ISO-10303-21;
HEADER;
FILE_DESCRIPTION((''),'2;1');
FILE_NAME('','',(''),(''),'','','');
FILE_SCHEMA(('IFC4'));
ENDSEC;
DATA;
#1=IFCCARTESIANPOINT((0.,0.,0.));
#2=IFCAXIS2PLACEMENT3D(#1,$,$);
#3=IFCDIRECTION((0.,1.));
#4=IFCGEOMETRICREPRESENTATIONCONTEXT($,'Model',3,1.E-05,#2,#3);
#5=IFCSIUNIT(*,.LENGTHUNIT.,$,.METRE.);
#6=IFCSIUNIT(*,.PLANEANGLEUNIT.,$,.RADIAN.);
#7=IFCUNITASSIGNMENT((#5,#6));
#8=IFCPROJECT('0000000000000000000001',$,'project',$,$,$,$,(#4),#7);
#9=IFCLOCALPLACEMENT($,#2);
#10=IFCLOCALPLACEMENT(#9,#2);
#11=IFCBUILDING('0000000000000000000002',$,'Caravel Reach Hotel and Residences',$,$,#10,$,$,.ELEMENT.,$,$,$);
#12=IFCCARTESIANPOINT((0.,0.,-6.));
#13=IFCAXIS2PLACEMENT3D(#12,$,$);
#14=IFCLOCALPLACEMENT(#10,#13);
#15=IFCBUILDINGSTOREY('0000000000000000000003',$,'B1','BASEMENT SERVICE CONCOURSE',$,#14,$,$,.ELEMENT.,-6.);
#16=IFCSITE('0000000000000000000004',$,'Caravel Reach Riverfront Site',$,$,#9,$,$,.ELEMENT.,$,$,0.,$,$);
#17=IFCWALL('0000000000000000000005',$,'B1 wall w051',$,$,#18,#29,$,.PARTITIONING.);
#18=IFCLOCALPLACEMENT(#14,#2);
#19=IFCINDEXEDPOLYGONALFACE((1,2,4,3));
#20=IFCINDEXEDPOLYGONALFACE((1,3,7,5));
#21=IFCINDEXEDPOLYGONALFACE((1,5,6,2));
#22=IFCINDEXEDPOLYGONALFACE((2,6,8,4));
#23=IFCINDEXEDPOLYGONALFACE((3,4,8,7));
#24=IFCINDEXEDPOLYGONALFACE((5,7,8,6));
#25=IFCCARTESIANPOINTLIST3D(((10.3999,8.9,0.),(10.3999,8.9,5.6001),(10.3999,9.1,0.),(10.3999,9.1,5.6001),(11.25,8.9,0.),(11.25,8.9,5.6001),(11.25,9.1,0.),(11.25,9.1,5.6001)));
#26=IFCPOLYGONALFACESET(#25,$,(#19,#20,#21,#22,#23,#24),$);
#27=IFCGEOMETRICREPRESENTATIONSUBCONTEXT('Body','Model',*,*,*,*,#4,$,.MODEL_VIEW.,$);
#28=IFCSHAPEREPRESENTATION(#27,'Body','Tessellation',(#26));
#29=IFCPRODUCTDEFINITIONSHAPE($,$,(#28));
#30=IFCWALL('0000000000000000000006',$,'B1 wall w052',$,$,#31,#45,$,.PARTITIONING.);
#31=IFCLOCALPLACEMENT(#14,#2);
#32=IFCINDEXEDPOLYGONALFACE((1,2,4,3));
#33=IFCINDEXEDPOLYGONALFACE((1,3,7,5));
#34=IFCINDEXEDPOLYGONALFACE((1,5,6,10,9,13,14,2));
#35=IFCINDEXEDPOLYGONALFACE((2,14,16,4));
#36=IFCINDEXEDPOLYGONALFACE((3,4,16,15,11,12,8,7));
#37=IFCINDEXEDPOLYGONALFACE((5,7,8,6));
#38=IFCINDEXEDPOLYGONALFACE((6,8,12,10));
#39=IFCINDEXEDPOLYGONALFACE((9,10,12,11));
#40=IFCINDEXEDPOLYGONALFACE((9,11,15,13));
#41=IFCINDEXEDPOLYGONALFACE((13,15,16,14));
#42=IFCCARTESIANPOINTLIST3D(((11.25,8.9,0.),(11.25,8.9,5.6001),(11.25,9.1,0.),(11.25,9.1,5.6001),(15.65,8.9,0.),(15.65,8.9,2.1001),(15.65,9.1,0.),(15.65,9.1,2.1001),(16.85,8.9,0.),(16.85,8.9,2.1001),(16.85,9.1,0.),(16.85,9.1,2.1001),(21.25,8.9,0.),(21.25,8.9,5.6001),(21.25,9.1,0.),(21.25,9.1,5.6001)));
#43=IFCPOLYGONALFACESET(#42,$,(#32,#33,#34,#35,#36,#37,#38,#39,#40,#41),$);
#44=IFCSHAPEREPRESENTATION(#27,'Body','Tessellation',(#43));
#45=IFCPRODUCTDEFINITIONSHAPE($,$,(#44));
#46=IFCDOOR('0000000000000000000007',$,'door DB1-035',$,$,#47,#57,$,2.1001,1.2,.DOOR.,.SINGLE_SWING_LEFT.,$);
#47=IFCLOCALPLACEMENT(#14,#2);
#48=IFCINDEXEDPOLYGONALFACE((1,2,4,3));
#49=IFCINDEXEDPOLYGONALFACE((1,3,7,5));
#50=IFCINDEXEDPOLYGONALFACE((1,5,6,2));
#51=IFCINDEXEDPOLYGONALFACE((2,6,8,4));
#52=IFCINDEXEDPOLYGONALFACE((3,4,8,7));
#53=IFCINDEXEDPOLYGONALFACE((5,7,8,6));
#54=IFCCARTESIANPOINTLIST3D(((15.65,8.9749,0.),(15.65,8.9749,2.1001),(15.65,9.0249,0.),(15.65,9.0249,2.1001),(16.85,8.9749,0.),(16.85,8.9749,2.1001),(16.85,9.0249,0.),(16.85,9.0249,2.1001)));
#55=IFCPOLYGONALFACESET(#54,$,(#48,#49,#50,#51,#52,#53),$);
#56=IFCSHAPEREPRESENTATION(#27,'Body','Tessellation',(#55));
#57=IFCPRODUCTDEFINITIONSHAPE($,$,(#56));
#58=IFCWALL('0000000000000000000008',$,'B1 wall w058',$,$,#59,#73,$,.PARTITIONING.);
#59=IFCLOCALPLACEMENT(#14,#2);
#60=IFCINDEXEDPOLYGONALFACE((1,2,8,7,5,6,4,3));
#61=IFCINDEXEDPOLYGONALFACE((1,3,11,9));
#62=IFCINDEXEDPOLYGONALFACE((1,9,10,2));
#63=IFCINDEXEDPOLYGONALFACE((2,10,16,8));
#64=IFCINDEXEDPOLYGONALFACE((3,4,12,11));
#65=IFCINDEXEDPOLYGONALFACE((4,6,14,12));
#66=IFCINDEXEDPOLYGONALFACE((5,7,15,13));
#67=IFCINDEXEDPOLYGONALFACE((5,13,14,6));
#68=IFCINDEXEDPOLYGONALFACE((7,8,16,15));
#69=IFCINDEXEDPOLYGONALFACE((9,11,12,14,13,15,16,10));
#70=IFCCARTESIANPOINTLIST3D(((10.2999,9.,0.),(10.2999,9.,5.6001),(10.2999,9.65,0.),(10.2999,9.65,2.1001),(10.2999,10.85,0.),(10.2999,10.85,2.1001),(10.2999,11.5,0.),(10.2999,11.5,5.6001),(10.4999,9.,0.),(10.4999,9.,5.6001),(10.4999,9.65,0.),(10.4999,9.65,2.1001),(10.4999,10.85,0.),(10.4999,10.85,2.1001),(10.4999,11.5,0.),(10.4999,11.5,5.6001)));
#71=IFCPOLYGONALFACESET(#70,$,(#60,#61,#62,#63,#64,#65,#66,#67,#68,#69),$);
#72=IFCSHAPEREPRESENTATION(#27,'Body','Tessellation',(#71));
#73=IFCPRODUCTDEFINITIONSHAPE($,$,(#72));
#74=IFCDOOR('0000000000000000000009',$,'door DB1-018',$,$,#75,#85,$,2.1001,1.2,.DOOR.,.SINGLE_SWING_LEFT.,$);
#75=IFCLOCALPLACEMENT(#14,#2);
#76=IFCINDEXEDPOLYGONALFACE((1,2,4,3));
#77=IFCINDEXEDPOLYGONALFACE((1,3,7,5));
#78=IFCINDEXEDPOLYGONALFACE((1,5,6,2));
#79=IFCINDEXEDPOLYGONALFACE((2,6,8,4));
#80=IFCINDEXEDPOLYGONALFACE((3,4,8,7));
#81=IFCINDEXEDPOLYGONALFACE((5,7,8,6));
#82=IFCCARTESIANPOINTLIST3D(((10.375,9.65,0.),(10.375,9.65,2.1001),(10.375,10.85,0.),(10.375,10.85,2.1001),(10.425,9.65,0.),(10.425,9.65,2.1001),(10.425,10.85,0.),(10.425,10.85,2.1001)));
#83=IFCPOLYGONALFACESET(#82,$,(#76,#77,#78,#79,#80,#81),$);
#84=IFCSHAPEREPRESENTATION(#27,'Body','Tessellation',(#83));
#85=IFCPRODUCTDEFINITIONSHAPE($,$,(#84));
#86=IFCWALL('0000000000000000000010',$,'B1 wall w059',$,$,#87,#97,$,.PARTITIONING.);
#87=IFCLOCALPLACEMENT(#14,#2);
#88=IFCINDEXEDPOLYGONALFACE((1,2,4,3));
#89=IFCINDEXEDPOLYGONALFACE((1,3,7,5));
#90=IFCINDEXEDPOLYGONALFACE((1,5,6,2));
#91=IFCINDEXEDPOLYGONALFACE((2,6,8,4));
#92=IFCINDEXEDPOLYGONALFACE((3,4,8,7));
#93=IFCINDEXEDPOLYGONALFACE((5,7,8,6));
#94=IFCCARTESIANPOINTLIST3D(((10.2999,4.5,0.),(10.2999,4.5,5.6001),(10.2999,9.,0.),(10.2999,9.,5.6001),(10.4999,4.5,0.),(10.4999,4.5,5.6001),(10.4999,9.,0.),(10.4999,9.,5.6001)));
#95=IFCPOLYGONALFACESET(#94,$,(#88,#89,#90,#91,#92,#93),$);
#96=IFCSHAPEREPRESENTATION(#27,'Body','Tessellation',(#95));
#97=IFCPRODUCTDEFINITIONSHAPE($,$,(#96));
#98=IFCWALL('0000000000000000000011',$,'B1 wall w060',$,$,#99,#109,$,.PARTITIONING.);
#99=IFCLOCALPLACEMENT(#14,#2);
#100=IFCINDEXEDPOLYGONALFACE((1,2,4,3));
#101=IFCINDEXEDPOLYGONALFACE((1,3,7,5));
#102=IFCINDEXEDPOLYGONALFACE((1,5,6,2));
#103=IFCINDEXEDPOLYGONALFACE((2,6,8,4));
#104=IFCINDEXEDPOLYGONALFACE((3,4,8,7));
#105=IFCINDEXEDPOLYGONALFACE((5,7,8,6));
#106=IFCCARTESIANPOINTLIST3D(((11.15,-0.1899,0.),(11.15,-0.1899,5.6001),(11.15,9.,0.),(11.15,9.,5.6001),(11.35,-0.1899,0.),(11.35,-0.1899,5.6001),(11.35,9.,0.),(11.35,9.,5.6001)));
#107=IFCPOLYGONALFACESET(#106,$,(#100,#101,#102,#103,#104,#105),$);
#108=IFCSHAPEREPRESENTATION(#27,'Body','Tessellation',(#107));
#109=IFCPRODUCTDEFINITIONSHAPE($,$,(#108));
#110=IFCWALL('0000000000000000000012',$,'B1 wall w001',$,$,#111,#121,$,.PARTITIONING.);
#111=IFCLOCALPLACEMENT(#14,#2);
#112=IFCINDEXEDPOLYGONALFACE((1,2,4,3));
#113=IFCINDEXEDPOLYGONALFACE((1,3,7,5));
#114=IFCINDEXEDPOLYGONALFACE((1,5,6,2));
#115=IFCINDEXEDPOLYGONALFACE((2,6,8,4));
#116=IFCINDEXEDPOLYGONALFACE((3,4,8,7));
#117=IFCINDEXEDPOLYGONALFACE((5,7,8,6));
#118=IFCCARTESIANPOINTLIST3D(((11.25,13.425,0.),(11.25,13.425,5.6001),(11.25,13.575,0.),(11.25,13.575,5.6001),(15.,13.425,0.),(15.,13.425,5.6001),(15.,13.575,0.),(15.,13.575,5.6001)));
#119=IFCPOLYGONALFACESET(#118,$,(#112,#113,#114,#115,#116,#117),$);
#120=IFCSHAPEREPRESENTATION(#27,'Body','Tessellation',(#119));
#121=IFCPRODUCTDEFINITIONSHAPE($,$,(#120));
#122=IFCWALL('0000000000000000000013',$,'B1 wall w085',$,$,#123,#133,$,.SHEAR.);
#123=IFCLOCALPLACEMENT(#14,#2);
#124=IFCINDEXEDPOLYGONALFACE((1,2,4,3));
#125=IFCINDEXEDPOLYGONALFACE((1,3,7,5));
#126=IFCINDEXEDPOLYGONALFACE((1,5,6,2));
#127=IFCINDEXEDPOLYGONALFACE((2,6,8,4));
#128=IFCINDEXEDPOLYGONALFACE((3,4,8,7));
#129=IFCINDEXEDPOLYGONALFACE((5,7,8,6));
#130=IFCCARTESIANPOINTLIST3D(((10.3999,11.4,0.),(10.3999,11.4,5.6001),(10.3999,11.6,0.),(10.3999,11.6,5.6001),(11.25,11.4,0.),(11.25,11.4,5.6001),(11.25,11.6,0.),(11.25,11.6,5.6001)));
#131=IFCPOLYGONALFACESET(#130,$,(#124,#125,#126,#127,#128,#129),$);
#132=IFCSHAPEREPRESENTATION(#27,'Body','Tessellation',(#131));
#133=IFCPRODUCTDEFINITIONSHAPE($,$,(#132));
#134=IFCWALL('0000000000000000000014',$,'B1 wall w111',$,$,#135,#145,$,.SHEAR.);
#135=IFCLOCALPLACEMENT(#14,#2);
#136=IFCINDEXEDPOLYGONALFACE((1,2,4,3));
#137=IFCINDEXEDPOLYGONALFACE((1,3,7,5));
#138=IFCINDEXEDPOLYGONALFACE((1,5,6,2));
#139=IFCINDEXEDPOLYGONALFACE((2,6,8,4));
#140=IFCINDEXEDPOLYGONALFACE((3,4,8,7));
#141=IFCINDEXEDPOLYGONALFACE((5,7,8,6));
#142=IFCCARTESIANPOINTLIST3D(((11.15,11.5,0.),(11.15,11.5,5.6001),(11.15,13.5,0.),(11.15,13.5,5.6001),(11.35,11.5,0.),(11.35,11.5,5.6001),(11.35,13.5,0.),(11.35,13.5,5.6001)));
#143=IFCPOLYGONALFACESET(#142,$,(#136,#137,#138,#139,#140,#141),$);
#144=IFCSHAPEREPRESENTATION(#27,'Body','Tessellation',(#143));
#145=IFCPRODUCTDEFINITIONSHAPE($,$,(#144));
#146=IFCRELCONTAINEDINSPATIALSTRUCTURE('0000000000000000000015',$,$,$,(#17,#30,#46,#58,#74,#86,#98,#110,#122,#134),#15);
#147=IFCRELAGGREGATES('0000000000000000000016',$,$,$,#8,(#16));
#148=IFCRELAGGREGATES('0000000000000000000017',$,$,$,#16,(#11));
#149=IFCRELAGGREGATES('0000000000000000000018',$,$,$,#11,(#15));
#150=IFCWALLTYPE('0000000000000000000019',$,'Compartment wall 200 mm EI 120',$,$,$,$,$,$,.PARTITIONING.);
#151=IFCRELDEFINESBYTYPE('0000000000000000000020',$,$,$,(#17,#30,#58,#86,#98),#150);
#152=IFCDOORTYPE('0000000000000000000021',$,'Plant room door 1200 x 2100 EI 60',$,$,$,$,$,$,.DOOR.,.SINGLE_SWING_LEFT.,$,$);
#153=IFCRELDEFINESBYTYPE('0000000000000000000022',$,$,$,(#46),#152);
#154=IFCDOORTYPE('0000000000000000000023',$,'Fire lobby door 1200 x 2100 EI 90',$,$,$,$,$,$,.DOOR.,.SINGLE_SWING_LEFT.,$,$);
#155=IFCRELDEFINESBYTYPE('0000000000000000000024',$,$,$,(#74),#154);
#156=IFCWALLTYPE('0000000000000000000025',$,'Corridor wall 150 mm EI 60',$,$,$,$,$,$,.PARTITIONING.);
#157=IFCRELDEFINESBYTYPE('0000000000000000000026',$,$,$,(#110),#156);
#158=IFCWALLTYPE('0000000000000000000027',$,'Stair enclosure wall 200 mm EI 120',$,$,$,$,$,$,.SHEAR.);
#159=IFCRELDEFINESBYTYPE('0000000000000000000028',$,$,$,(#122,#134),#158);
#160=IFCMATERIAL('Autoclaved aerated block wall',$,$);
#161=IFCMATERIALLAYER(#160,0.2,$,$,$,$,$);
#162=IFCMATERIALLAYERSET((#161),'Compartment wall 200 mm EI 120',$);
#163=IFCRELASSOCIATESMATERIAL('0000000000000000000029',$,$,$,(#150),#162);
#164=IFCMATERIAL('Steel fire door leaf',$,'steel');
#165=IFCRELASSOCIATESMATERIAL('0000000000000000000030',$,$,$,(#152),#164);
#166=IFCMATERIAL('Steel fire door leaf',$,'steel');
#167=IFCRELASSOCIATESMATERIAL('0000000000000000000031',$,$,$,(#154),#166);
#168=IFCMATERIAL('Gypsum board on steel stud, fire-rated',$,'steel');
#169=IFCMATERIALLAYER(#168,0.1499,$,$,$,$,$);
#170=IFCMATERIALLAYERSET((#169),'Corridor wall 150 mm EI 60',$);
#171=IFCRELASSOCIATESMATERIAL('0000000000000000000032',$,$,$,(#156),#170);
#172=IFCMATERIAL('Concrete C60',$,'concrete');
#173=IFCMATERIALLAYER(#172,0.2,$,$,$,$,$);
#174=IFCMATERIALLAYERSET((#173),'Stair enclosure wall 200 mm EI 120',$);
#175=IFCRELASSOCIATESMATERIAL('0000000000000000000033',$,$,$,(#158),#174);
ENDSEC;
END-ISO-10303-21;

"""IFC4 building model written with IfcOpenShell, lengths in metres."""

from ifc_helpers import new_model, si_unit, direction, frame, frame_2d, origin, place, context, subcontext, project, spatial, rectangle, extrude, material, layer, layer_set, type_object, element, fill, save


model = new_model("IFC4")

# Units and contexts
model_context = context("Model", 3, precision=1e-05, world=origin(), true_north=direction((0.0, 1.0)))
body_context = subcontext(model_context, "Body", "Model", "MODEL_VIEW")
ifc_project = project(units=[si_unit("LENGTHUNIT", "METRE"), si_unit("PLANEANGLEUNIT", "RADIAN")], contexts=[model_context])

# Site, building, storey
site_placement = place(None, origin())
site = spatial("IfcSite", under=ifc_project, at=site_placement, Name="Caravel Reach Riverfront Site", CompositionType="ELEMENT", RefElevation=0.0)
building_placement = place(site_placement, origin())
building = spatial("IfcBuilding", under=site, at=building_placement, Name="Caravel Reach Hotel and Residences", CompositionType="ELEMENT")
storey_placement = place(building_placement, frame((0.0, 0.0, -6.0)))
storey = spatial("IfcBuildingStorey", under=building, at=storey_placement, Name="B1", Description="BASEMENT SERVICE CONCOURSE", CompositionType="ELEMENT", Elevation=-6.0)

# Wall
ifc_material_1 = material(Name="Autoclaved aerated block wall")
ifc_layer_1 = layer(ifc_material_1, 0.2)
ifc_layer_set_1 = layer_set([ifc_layer_1], Name="Compartment wall 200 mm EI 120")
wall_type_1 = type_object("IfcWallType", Name="Compartment wall 200 mm EI 120", PredefinedType="PARTITIONING", material=ifc_layer_set_1)
wall_1_placement = place(storey_placement, frame((10.3999, 9.0, 0.0), z_axis=(0.0, 0.0, 1.0), x_axis=(1.0, 0.0, 0.0)))
element("IfcWall", 1, at=wall_1_placement, inside=storey, type_object=wall_type_1, Name="B1 wall w051", PredefinedType="PARTITIONING", context=body_context, shape_type="SweptSolid", body=[
    extrude(rectangle(XDim=0.8501, YDim=0.2, at=frame_2d((0.425, 0.0))), origin(), (0.0, 0.0, 1.0), 5.6001),
])

# Walls, openings, doors
wall_2_placement = place(storey_placement, frame((11.25, 9.0, 0.0), z_axis=(0.0, 0.0, 1.0), x_axis=(1.0, 0.0, 0.0)))
wall_2 = element("IfcWall", 2, at=wall_2_placement, inside=storey, type_object=wall_type_1, Name="B1 wall w052", PredefinedType="PARTITIONING", context=body_context, shape_type="SweptSolid", body=[
    extrude(rectangle(XDim=10.0, YDim=0.2, at=frame_2d((5.0, 0.0))), origin(), (0.0, 0.0, 1.0), 5.6001),
])
opening_1_placement = place(wall_2_placement, frame((4.3999, 0.0, 0.0)))
opening_1 = element("IfcOpeningElement", 3, at=opening_1_placement, cuts=wall_2, PredefinedType="OPENING", context=body_context, shape_type="SweptSolid", body=[
    extrude(rectangle(XDim=1.2, YDim=2.1001, at=frame_2d((0.6001, 1.05))), frame((0.0, 0.1099, 0.0), z_axis=(0.0, -1.0, 0.0), x_axis=(1.0, 0.0, 0.0)), (0.0, 0.0, 1.0), 0.22),
])
ifc_material_2 = material(Name="Steel fire door leaf", Category="steel")
door_type_1 = type_object("IfcDoorType", Name="Plant room door 1200 x 2100 EI 60", OperationType="SINGLE_SWING_LEFT", PredefinedType="DOOR", material=ifc_material_2)
door_1_placement = place(opening_1_placement, origin())
door_1 = element("IfcDoor", 4, at=door_1_placement, inside=storey, type_object=door_type_1, Name="door DB1-035", OperationType="SINGLE_SWING_LEFT", OverallHeight=2.1001, OverallWidth=1.2, PredefinedType="DOOR", context=body_context, shape_type="SweptSolid", body=[
    extrude(rectangle(XDim=1.2, YDim=2.1001, at=frame_2d((0.6001, 1.05))), frame((0.0, 0.0249, 0.0), z_axis=(0.0, -1.0, 0.0), x_axis=(1.0, 0.0, 0.0)), (0.0, 0.0, 1.0), 0.05),
])
fill(opening_1, door_1)
wall_3_placement = place(storey_placement, frame((10.3999, 9.0, 0.0), z_axis=(0.0, 0.0, 1.0), x_axis=(0.0, 1.0, 0.0)))
wall_3 = element("IfcWall", 5, at=wall_3_placement, inside=storey, type_object=wall_type_1, Name="B1 wall w058", PredefinedType="PARTITIONING", context=body_context, shape_type="SweptSolid", body=[
    extrude(rectangle(XDim=2.5, YDim=0.2, at=frame_2d((1.25, 0.0))), origin(), (0.0, 0.0, 1.0), 5.6001),
])
opening_2_placement = place(wall_3_placement, frame((0.6499, 0.0, 0.0)))
opening_2 = element("IfcOpeningElement", 6, at=opening_2_placement, cuts=wall_3, PredefinedType="OPENING", context=body_context, shape_type="SweptSolid", body=[
    extrude(rectangle(XDim=1.2, YDim=2.1001, at=frame_2d((0.6001, 1.05))), frame((0.0, 0.1099, 0.0), z_axis=(0.0, -1.0, 0.0), x_axis=(1.0, 0.0, 0.0)), (0.0, 0.0, 1.0), 0.22),
])
ifc_material_3 = material(Name="Steel fire door leaf", Category="steel")
door_type_2 = type_object("IfcDoorType", Name="Fire lobby door 1200 x 2100 EI 90", OperationType="SINGLE_SWING_LEFT", PredefinedType="DOOR", material=ifc_material_3)
door_2_placement = place(opening_2_placement, origin())
door_2 = element("IfcDoor", 7, at=door_2_placement, inside=storey, type_object=door_type_2, Name="door DB1-018", OperationType="SINGLE_SWING_LEFT", OverallHeight=2.1001, OverallWidth=1.2, PredefinedType="DOOR", context=body_context, shape_type="SweptSolid", body=[
    extrude(rectangle(XDim=1.2, YDim=2.1001, at=frame_2d((0.6001, 1.05))), frame((0.0, 0.0249, 0.0), z_axis=(0.0, -1.0, 0.0), x_axis=(1.0, 0.0, 0.0)), (0.0, 0.0, 1.0), 0.05),
])
fill(opening_2, door_2)

# Walls
wall_4_placement = place(storey_placement, frame((10.3999, 4.5, 0.0), z_axis=(0.0, 0.0, 1.0), x_axis=(0.0, 1.0, 0.0)))
element("IfcWall", 8, at=wall_4_placement, inside=storey, type_object=wall_type_1, Name="B1 wall w059", PredefinedType="PARTITIONING", context=body_context, shape_type="SweptSolid", body=[
    extrude(rectangle(XDim=4.5, YDim=0.2, at=frame_2d((2.25, 0.0))), origin(), (0.0, 0.0, 1.0), 5.6001),
])
wall_5_placement = place(storey_placement, frame((11.25, -0.1899, 0.0), z_axis=(0.0, 0.0, 1.0), x_axis=(0.0, 1.0, 0.0)))
element("IfcWall", 9, at=wall_5_placement, inside=storey, type_object=wall_type_1, Name="B1 wall w060", PredefinedType="PARTITIONING", context=body_context, shape_type="SweptSolid", body=[
    extrude(rectangle(XDim=9.1899, YDim=0.2, at=frame_2d((4.595, 0.0))), origin(), (0.0, 0.0, 1.0), 5.6001),
])
ifc_material_4 = material(Name="Gypsum board on steel stud, fire-rated", Category="steel")
ifc_layer_2 = layer(ifc_material_4, 0.1499)
ifc_layer_set_2 = layer_set([ifc_layer_2], Name="Corridor wall 150 mm EI 60")
wall_type_2 = type_object("IfcWallType", Name="Corridor wall 150 mm EI 60", PredefinedType="PARTITIONING", material=ifc_layer_set_2)
wall_6_placement = place(storey_placement, frame((11.25, 13.5, 0.0), z_axis=(0.0, 0.0, 1.0), x_axis=(1.0, 0.0, 0.0)))
element("IfcWall", 10, at=wall_6_placement, inside=storey, type_object=wall_type_2, Name="B1 wall w001", PredefinedType="PARTITIONING", context=body_context, shape_type="SweptSolid", body=[
    extrude(rectangle(XDim=3.75, YDim=0.1499, at=frame_2d((1.875, 0.0))), origin(), (0.0, 0.0, 1.0), 5.6001),
])
ifc_material_5 = material(Name="Concrete C60", Category="concrete")
ifc_layer_3 = layer(ifc_material_5, 0.2)
ifc_layer_set_3 = layer_set([ifc_layer_3], Name="Stair enclosure wall 200 mm EI 120")
wall_type_3 = type_object("IfcWallType", Name="Stair enclosure wall 200 mm EI 120", PredefinedType="SHEAR", material=ifc_layer_set_3)
wall_7_placement = place(storey_placement, frame((10.3999, 11.5, 0.0), z_axis=(0.0, 0.0, 1.0), x_axis=(1.0, 0.0, 0.0)))
element("IfcWall", 11, at=wall_7_placement, inside=storey, type_object=wall_type_3, Name="B1 wall w085", PredefinedType="SHEAR", context=body_context, shape_type="SweptSolid", body=[
    extrude(rectangle(XDim=0.8501, YDim=0.2, at=frame_2d((0.425, 0.0))), origin(), (0.0, 0.0, 1.0), 5.6001),
])
wall_8_placement = place(storey_placement, frame((11.25, 11.5, 0.0), z_axis=(0.0, 0.0, 1.0), x_axis=(0.0, 1.0, 0.0)))
element("IfcWall", 12, at=wall_8_placement, inside=storey, type_object=wall_type_3, Name="B1 wall w111", PredefinedType="SHEAR", context=body_context, shape_type="SweptSolid", body=[
    extrude(rectangle(XDim=2.0, YDim=0.2, at=frame_2d((1.0, 0.0))), origin(), (0.0, 0.0, 1.0), 5.6001),
])

save(model, "model.ifc")
